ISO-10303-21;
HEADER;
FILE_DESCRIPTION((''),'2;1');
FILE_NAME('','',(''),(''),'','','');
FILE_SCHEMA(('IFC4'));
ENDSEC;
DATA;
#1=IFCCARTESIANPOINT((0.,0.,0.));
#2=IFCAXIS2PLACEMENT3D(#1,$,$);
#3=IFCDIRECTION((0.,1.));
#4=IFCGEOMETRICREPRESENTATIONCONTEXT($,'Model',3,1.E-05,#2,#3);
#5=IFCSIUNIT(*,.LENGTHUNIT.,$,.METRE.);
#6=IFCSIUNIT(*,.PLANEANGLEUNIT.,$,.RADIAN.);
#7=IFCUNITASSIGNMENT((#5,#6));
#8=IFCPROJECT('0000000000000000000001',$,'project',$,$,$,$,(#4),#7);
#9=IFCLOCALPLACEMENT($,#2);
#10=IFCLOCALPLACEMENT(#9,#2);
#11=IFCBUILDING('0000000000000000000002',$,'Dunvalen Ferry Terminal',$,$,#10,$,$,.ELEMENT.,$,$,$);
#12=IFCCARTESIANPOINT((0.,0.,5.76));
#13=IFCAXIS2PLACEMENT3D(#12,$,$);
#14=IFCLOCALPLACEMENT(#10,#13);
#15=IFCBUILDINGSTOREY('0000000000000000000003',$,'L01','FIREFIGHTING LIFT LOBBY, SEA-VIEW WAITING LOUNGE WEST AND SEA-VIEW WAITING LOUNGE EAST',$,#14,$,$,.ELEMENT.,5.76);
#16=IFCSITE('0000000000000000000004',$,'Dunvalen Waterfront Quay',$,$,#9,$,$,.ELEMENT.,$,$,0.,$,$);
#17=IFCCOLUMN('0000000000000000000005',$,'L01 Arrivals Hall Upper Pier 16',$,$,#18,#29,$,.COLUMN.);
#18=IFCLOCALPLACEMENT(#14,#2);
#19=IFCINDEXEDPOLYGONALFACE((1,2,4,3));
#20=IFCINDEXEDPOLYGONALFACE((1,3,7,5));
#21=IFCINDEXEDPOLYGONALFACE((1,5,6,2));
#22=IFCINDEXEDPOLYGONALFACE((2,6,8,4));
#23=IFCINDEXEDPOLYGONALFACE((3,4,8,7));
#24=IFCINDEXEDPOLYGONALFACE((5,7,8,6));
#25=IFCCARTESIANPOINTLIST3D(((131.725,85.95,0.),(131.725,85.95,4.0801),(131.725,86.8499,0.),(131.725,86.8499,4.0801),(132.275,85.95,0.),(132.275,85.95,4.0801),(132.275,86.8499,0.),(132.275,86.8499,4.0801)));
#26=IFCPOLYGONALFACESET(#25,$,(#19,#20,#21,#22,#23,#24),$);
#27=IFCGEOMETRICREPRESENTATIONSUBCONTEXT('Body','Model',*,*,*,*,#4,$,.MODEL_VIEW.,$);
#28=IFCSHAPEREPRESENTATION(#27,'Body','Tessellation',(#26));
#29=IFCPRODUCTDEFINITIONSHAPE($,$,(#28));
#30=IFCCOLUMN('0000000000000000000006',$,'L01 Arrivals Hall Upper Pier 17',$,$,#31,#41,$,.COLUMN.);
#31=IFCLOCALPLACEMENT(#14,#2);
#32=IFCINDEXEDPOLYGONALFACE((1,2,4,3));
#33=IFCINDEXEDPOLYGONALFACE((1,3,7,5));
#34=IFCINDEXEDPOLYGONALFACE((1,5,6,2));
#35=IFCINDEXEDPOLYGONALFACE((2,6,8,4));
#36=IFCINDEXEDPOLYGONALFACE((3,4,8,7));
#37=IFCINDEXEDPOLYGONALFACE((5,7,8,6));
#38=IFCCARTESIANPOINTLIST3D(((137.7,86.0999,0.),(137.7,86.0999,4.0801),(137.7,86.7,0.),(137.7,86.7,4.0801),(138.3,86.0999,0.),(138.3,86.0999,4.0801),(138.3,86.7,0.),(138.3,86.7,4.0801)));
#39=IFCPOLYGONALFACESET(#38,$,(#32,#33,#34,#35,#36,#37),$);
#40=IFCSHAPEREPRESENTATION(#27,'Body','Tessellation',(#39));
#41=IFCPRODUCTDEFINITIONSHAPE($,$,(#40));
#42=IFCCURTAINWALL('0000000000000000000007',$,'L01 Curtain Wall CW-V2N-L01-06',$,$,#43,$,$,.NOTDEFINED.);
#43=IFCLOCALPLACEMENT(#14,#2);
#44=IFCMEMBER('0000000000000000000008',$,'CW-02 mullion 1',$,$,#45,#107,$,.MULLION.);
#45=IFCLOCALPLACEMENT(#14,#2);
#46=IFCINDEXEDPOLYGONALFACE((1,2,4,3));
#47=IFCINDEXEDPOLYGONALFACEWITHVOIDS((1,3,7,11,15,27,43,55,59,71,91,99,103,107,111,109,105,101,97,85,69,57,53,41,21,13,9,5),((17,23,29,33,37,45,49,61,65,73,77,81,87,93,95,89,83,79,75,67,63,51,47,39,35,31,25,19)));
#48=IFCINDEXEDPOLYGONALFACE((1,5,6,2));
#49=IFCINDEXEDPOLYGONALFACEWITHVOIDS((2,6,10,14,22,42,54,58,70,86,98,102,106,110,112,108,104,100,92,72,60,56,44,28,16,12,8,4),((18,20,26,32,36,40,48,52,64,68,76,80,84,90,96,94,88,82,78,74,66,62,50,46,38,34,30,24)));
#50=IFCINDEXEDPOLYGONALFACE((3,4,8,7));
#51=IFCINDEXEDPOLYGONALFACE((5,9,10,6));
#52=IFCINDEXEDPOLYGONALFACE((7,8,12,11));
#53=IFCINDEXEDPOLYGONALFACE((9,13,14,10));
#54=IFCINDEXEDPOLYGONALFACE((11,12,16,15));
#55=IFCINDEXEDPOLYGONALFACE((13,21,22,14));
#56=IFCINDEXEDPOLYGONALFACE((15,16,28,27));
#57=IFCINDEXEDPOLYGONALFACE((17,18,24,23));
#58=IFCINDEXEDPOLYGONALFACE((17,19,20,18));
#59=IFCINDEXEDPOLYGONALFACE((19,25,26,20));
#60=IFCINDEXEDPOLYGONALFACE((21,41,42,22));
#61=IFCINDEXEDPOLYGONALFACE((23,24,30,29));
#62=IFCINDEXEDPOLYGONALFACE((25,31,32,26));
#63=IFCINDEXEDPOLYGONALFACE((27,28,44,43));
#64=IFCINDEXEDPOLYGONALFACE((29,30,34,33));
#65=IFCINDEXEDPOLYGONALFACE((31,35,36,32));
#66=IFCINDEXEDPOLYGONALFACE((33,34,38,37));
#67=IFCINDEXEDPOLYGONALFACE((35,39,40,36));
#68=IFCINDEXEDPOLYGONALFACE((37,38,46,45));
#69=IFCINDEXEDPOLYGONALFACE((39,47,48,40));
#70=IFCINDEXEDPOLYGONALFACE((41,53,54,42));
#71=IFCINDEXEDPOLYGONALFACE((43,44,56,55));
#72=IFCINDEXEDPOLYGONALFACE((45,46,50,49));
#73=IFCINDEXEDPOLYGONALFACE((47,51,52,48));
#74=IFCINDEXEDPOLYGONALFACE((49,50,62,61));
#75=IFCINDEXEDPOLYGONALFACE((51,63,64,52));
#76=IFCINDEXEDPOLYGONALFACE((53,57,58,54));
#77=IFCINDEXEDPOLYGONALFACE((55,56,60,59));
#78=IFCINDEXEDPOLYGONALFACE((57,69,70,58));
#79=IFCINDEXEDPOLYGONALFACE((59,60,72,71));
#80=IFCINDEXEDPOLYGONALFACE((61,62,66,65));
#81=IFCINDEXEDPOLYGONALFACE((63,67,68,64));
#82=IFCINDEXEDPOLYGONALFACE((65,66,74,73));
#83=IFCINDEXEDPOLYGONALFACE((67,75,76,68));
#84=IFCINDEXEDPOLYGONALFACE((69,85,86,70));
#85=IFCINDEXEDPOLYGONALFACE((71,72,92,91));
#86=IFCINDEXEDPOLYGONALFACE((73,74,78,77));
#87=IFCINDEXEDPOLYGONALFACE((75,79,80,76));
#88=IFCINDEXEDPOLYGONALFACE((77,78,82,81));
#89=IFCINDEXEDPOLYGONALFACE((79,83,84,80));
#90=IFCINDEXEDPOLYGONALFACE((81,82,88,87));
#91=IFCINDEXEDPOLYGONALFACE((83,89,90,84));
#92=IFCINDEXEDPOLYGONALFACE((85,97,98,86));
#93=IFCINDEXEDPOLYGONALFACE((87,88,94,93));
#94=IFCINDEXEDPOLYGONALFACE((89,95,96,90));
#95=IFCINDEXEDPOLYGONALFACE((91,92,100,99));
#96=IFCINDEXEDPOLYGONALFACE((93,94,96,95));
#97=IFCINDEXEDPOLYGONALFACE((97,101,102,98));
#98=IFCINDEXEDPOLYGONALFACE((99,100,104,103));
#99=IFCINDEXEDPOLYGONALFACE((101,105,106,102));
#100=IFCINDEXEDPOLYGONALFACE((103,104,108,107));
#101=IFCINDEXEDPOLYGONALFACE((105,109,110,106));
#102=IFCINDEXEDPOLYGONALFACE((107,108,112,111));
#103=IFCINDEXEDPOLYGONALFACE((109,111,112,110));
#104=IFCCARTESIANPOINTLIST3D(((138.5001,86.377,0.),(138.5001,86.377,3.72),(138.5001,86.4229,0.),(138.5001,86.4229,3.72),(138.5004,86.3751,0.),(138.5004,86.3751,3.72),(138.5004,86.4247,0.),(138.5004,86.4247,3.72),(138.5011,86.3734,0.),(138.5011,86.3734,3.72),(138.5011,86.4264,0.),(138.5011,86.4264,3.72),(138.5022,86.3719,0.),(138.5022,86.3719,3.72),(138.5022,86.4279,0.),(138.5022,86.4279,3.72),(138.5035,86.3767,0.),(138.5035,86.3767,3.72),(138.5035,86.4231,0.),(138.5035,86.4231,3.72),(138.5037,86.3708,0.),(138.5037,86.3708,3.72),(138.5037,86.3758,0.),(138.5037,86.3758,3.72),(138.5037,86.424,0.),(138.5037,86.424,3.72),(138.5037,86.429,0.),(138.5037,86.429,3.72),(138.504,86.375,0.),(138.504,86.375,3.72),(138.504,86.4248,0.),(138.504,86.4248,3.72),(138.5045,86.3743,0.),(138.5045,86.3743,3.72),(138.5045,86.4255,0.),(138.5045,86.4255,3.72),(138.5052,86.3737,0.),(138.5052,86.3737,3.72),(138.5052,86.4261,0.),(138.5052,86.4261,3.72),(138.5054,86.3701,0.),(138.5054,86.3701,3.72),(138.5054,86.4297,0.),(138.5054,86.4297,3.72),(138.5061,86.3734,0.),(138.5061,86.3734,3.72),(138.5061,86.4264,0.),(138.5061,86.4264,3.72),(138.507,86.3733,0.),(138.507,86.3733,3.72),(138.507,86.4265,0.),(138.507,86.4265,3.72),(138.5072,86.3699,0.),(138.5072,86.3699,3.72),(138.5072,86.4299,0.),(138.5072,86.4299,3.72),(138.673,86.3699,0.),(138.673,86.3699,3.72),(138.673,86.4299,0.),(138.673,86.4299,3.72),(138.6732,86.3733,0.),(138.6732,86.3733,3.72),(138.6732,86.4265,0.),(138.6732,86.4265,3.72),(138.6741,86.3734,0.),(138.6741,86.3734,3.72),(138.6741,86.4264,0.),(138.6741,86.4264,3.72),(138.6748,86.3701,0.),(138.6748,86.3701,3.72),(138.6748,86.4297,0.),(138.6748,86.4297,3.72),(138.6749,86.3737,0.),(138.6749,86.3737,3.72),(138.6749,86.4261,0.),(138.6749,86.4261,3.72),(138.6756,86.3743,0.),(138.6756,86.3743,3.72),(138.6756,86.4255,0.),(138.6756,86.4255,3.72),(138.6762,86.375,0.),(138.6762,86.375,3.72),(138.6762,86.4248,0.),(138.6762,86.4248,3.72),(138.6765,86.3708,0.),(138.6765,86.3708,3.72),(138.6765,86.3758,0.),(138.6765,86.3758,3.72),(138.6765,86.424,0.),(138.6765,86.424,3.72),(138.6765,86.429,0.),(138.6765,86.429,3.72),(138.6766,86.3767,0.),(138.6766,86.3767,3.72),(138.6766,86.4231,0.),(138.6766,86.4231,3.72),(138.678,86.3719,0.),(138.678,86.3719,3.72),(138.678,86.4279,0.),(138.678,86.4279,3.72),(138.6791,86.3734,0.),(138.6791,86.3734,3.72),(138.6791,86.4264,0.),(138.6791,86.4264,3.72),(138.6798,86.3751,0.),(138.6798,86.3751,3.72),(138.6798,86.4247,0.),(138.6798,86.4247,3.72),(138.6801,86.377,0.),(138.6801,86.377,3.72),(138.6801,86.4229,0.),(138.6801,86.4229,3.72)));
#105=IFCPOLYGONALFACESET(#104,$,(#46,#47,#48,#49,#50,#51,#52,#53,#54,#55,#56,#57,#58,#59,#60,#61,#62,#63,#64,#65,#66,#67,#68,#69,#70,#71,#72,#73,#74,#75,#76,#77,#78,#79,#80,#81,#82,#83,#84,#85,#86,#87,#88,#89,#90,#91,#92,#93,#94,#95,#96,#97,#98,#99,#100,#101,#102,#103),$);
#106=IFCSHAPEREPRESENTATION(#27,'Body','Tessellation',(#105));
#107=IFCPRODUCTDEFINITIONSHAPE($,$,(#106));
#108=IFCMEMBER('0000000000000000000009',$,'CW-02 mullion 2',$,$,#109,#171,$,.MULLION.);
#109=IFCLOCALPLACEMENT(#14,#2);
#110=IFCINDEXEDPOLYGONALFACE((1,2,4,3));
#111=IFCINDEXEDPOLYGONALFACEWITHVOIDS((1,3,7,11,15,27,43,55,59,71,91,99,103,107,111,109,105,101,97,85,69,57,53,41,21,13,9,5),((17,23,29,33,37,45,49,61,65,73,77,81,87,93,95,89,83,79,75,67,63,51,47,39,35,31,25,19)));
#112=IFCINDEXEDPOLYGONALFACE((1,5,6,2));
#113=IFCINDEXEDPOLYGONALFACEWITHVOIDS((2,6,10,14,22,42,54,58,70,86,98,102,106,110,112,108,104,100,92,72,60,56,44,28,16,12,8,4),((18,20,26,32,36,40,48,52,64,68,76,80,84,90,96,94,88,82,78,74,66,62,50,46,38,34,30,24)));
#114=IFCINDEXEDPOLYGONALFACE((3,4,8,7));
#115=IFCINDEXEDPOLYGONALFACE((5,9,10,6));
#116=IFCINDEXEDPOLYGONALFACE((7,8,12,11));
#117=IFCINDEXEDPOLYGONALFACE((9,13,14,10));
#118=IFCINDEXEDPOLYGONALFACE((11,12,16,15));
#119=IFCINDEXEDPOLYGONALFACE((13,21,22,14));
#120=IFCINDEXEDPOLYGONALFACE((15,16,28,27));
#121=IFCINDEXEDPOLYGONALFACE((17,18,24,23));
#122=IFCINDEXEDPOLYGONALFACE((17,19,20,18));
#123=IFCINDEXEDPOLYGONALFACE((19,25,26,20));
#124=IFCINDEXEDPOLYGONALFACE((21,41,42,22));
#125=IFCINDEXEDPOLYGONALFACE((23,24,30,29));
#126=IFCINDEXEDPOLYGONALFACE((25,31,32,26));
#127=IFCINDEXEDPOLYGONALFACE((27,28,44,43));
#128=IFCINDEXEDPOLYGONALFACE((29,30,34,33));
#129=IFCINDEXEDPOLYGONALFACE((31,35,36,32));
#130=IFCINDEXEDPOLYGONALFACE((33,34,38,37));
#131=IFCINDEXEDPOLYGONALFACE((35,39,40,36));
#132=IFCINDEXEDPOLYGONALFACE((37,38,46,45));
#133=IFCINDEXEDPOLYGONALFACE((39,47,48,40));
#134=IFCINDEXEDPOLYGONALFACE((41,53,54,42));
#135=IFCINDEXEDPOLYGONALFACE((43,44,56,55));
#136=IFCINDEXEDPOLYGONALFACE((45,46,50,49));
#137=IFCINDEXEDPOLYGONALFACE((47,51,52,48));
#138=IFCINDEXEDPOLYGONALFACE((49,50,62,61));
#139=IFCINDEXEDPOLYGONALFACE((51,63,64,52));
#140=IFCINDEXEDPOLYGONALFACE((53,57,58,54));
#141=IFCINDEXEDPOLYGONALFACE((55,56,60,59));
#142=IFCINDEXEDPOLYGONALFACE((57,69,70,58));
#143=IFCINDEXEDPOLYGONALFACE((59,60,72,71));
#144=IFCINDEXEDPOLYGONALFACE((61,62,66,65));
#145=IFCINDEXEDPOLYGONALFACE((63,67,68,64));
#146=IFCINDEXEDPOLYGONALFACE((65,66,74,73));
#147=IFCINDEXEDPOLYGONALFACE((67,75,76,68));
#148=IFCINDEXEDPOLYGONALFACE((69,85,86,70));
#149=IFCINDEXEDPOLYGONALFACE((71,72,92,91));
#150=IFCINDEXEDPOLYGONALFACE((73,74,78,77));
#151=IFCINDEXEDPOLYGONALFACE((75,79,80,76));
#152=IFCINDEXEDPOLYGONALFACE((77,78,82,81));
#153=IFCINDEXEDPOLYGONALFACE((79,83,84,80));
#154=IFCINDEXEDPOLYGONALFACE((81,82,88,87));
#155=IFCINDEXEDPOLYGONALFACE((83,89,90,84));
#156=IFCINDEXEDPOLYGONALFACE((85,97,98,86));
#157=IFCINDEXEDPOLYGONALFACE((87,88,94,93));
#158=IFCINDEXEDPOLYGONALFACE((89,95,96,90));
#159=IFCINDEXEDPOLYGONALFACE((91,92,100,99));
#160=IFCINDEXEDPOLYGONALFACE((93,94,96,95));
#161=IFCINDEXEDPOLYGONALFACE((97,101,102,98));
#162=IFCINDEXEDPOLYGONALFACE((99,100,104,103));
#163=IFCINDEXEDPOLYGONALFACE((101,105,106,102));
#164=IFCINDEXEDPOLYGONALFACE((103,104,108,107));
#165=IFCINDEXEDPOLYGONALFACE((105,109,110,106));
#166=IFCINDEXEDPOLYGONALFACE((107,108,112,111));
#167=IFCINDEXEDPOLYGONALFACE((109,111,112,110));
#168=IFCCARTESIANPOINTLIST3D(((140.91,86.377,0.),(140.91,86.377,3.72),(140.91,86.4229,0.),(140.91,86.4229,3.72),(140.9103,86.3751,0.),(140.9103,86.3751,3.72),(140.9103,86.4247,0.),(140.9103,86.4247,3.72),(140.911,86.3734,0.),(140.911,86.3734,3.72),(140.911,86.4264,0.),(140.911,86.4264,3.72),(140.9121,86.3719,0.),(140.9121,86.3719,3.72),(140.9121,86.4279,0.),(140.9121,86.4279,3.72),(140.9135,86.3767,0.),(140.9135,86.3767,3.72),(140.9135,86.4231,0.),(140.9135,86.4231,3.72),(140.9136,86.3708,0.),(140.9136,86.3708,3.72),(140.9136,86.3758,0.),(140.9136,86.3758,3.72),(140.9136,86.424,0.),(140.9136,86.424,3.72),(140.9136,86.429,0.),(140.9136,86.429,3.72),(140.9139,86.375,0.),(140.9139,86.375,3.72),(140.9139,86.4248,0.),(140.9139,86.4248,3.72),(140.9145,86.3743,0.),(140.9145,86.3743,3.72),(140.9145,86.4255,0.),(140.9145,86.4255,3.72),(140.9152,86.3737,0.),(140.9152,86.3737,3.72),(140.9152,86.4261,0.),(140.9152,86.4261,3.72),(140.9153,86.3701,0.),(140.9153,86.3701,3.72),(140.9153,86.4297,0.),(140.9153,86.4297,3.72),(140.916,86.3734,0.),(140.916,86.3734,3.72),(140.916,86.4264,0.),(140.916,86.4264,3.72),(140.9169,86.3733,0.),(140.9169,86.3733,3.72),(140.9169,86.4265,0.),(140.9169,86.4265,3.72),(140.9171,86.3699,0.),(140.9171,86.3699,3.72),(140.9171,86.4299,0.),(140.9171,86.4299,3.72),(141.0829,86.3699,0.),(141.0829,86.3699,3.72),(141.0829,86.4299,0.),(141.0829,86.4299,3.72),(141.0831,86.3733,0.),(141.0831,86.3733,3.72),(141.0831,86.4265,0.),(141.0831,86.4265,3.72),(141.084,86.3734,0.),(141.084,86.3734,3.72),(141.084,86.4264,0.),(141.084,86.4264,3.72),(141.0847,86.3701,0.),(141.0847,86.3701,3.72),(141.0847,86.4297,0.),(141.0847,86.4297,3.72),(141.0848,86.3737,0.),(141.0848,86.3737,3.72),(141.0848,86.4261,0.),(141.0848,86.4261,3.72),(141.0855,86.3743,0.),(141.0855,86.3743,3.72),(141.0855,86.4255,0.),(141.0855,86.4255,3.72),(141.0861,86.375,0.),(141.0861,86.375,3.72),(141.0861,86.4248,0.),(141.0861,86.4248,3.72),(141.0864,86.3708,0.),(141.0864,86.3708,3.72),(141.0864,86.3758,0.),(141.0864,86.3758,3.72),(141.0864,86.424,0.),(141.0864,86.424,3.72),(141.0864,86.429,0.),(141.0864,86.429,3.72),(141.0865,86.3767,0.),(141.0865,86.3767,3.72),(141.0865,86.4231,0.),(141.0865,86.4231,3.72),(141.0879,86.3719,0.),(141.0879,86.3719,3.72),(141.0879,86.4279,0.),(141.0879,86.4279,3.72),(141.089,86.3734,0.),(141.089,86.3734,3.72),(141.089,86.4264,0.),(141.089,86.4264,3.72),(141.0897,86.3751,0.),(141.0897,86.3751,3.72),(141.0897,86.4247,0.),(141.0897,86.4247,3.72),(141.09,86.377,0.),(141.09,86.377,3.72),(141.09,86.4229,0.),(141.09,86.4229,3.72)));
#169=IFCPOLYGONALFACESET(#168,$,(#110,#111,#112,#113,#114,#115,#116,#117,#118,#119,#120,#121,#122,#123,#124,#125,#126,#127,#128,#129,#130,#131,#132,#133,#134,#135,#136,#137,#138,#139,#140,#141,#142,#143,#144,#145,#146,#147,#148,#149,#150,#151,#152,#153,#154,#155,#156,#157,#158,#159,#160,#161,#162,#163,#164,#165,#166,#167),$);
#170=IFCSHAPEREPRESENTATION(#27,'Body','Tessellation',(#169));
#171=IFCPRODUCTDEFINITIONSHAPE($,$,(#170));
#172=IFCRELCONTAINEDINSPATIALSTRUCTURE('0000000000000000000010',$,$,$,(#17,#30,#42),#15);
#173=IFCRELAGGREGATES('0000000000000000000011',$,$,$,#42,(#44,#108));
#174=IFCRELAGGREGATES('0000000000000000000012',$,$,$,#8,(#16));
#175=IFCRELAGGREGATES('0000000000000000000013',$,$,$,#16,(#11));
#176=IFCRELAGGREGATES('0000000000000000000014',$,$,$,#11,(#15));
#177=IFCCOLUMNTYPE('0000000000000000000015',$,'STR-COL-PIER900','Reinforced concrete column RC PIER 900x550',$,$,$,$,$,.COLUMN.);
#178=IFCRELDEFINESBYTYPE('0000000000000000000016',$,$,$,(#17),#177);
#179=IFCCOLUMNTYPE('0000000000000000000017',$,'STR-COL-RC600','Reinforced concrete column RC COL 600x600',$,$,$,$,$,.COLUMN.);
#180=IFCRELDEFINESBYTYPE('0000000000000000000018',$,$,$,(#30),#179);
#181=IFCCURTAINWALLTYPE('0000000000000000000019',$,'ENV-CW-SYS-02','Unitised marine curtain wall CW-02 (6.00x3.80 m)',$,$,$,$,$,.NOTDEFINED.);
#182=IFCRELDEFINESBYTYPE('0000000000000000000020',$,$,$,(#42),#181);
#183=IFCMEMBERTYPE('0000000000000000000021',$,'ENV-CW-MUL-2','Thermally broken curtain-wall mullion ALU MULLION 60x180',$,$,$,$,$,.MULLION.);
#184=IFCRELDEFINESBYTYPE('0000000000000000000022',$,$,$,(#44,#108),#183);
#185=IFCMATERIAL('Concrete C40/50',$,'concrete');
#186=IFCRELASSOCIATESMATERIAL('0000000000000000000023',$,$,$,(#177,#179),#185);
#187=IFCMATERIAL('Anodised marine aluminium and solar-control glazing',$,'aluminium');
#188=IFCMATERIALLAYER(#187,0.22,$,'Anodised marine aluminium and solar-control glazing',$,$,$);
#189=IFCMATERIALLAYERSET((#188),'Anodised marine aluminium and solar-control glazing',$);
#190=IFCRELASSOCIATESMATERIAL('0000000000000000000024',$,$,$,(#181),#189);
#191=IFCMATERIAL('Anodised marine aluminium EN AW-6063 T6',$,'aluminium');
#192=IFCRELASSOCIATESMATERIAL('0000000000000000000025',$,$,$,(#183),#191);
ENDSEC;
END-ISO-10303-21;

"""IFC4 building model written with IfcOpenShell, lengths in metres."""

from ifc_helpers import new_model, si_unit, direction, frame, origin, origin_2d, place, context, subcontext, project, spatial, rectangle, hollow_rectangle, extrude, material, layer, layer_set, material_profile, profile_set, type_object, element, aggregate, save


model = new_model("IFC4")

# Units and contexts
model_context = context("Model", 3, precision=1e-05, world=origin(), true_north=direction((0.0, 1.0)))
body_context = subcontext(model_context, "Body", "Model", "MODEL_VIEW")
ifc_project = project(units=[si_unit("LENGTHUNIT", "METRE"), si_unit("PLANEANGLEUNIT", "RADIAN")], contexts=[model_context])

# Site, building, storey
site_placement = place(None, origin())
site = spatial("IfcSite", under=ifc_project, at=site_placement, Name="Dunvalen Waterfront Quay", CompositionType="ELEMENT", RefElevation=0.0)
building_placement = place(site_placement, origin())
building = spatial("IfcBuilding", under=site, at=building_placement, Name="Dunvalen Ferry Terminal", CompositionType="ELEMENT")
storey_placement = place(building_placement, frame((0.0, 0.0, 5.76)))
storey = spatial("IfcBuildingStorey", under=building, at=storey_placement, Name="L01", Description="FIREFIGHTING LIFT LOBBY, SEA-VIEW WAITING LOUNGE WEST AND SEA-VIEW WAITING LOUNGE EAST", CompositionType="ELEMENT", Elevation=5.76)

# Columns
ifc_material_1 = material(Name="Concrete C40/50", Category="concrete")
ifc_material_profile_1 = material_profile(ifc_material_1, rectangle(XDim=0.55, YDim=0.8999, at=origin_2d()), Name="Concrete C40/50")
ifc_profile_set_1 = profile_set([ifc_material_profile_1], Name="Concrete C40/50")
column_type_1 = type_object("IfcColumnType", Name="STR-COL-PIER900", Description="Reinforced concrete column RC PIER 900x550", PredefinedType="COLUMN", material=ifc_profile_set_1)
column_1_placement = place(storey_placement, frame((132.0, 86.3999, 0.0), z_axis=(0.0, 0.0, 1.0), x_axis=(1.0, 0.0, 0.0)))
element("IfcColumn", 1, at=column_1_placement, inside=storey, type_object=column_type_1, Name="L01 Arrivals Hall Upper Pier 16", PredefinedType="COLUMN", context=body_context, shape_type="SweptSolid", body=[
    extrude(rectangle(XDim=0.55, YDim=0.8999, at=origin_2d()), origin(), (0.0, 0.0, 1.0), 4.0801),
])
ifc_material_profile_2 = material_profile(ifc_material_1, rectangle(XDim=0.6001, YDim=0.6001, at=origin_2d()), Name="Concrete C40/50")
ifc_profile_set_2 = profile_set([ifc_material_profile_2], Name="Concrete C40/50")
column_type_2 = type_object("IfcColumnType", Name="STR-COL-RC600", Description="Reinforced concrete column RC COL 600x600", PredefinedType="COLUMN", material=ifc_profile_set_2)
column_2_placement = place(storey_placement, frame((138.0, 86.3999, 0.0), z_axis=(0.0, 0.0, 1.0), x_axis=(1.0, 0.0, 0.0)))
element("IfcColumn", 2, at=column_2_placement, inside=storey, type_object=column_type_2, Name="L01 Arrivals Hall Upper Pier 17", PredefinedType="COLUMN", context=body_context, shape_type="SweptSolid", body=[
    extrude(rectangle(XDim=0.6001, YDim=0.6001, at=origin_2d()), origin(), (0.0, 0.0, 1.0), 4.0801),
])

# Curtain wall, members
ifc_material_2 = material(Name="Anodised marine aluminium and solar-control glazing", Category="aluminium")
ifc_layer_1 = layer(ifc_material_2, 0.22, Name="Anodised marine aluminium and solar-control glazing")
ifc_layer_set_1 = layer_set([ifc_layer_1], Name="Anodised marine aluminium and solar-control glazing")
curtain_wall_type = type_object("IfcCurtainWallType", Name="ENV-CW-SYS-02", Description="Unitised marine curtain wall CW-02 (6.00x3.80 m)", PredefinedType="NOTDEFINED", material=ifc_layer_set_1)
curtain_wall_placement = place(storey_placement, origin())
curtain_wall = element("IfcCurtainWall", 3, at=curtain_wall_placement, inside=storey, type_object=curtain_wall_type, Name="L01 Curtain Wall CW-V2N-L01-06", PredefinedType="NOTDEFINED")
ifc_material_3 = material(Name="Anodised marine aluminium EN AW-6063 T6", Category="aluminium")
ifc_material_profile_3 = material_profile(ifc_material_3, hollow_rectangle(XDim=0.0601, YDim=0.1799, WallThickness=0.0034, InnerFilletRadius=0.0034, OuterFilletRadius=0.0071, at=origin_2d()), Name="Anodised marine aluminium EN AW-6063 T6")
ifc_profile_set_3 = profile_set([ifc_material_profile_3], Name="Anodised marine aluminium EN AW-6063 T6")
member_type_1 = type_object("IfcMemberType", Name="ENV-CW-MUL-2", Description="Thermally broken curtain-wall mullion ALU MULLION 60x180", PredefinedType="MULLION", material=ifc_profile_set_3)
member_1_placement = place(storey_placement, frame((138.5901, 86.3999, 0.0), z_axis=(0.0, 0.0, 1.0), x_axis=(0.0, 1.0, 0.0)))
member_1 = element("IfcMember", 4, at=member_1_placement, type_object=member_type_1, Name="CW-02 mullion 1", PredefinedType="MULLION", context=body_context, shape_type="SweptSolid", body=[
    extrude(hollow_rectangle(XDim=0.0601, YDim=0.1799, WallThickness=0.0034, InnerFilletRadius=0.0034, OuterFilletRadius=0.0071, at=origin_2d()), origin(), (0.0, 0.0, 1.0), 3.72),
])
member_2_placement = place(storey_placement, frame((141.0, 86.3999, 0.0), z_axis=(0.0, 0.0, 1.0), x_axis=(0.0, 1.0, 0.0)))
member_2 = element("IfcMember", 5, at=member_2_placement, type_object=member_type_1, Name="CW-02 mullion 2", PredefinedType="MULLION", context=body_context, shape_type="SweptSolid", body=[
    extrude(hollow_rectangle(XDim=0.0601, YDim=0.1799, WallThickness=0.0034, InnerFilletRadius=0.0034, OuterFilletRadius=0.0071, at=origin_2d()), origin(), (0.0, 0.0, 1.0), 3.72),
])

aggregate(curtain_wall, [member_1, member_2])

save(model, "model.ifc")
